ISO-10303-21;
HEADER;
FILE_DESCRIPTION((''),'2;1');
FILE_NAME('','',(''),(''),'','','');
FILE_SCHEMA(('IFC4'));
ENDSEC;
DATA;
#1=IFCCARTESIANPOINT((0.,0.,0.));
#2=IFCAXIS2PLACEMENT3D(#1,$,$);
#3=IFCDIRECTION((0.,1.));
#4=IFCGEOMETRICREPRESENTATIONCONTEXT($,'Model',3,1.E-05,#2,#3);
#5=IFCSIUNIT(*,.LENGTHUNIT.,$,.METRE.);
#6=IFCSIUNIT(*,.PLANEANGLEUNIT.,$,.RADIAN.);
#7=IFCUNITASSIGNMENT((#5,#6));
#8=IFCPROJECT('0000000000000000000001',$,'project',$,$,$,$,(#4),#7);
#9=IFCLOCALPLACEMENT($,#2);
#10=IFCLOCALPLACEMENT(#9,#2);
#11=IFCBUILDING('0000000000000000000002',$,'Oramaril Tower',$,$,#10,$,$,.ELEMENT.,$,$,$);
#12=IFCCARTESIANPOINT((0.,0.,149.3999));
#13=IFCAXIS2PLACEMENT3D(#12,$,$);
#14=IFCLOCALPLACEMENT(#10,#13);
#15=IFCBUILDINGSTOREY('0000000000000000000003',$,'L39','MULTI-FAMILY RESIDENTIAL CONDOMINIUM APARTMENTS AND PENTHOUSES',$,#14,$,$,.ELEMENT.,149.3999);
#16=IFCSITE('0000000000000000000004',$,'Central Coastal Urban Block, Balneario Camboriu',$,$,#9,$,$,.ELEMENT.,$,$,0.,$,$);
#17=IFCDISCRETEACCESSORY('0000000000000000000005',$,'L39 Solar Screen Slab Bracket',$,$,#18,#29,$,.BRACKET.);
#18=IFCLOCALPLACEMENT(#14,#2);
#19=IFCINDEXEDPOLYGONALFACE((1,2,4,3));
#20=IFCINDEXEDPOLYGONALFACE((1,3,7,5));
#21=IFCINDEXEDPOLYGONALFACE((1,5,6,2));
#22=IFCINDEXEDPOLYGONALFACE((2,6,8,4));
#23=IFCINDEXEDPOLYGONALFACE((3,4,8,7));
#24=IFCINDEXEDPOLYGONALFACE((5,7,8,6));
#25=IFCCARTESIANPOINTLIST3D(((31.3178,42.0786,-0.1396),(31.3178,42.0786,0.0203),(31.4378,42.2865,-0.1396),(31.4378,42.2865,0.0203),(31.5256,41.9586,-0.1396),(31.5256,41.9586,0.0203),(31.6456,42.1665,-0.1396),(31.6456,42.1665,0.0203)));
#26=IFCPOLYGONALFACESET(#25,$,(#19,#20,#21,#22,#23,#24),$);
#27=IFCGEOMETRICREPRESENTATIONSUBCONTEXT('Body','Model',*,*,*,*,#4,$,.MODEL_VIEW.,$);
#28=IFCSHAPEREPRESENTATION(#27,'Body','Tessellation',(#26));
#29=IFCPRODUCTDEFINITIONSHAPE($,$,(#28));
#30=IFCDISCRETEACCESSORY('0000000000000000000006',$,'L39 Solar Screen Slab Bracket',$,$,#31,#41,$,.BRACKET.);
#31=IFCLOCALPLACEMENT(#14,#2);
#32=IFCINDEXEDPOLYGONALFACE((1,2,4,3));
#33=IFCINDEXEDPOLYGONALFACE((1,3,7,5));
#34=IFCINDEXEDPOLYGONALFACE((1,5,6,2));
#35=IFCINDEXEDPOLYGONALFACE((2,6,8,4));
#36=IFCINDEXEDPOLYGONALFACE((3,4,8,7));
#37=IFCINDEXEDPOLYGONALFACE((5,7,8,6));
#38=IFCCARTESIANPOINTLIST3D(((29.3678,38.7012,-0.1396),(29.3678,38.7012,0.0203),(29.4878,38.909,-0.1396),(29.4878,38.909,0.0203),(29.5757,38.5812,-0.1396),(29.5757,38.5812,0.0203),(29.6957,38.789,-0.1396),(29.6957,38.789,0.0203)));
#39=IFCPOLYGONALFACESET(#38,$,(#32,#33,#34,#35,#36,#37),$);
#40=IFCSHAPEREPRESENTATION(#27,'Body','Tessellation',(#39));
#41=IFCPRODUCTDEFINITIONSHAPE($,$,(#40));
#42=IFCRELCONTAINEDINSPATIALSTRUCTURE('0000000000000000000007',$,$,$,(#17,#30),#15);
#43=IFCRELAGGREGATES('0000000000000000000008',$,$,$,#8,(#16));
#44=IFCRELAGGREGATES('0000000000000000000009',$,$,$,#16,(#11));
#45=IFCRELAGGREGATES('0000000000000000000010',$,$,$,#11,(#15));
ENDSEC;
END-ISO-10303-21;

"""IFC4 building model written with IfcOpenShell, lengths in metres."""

from ifc_helpers import new_model, si_unit, direction, frame, origin, origin_2d, place, context, subcontext, project, spatial, rectangle, extrude, element, save


model = new_model("IFC4")

# Units and contexts
model_context = context("Model", 3, precision=1e-05, world=origin(), true_north=direction((0.0, 1.0)))
body_context = subcontext(model_context, "Body", "Model", "MODEL_VIEW")
ifc_project = project(units=[si_unit("LENGTHUNIT", "METRE"), si_unit("PLANEANGLEUNIT", "RADIAN")], contexts=[model_context])

# Site, building, storey
site_placement = place(None, origin())
site = spatial("IfcSite", under=ifc_project, at=site_placement, Name="Central Coastal Urban Block, Balneario Camboriu", CompositionType="ELEMENT", RefElevation=0.0)
building_placement = place(site_placement, origin())
building = spatial("IfcBuilding", under=site, at=building_placement, Name="Oramaril Tower", CompositionType="ELEMENT")
storey_placement = place(building_placement, frame((0.0, 0.0, 149.3999)))
storey = spatial("IfcBuildingStorey", under=building, at=storey_placement, Name="L39", Description="MULTI-FAMILY RESIDENTIAL CONDOMINIUM APARTMENTS AND PENTHOUSES", CompositionType="ELEMENT", Elevation=149.3999)

# Discrete accessories
for number, where, z_axis, x_axis, name in (
    (1, (31.4817, 42.1226, -0.1396), (0.0, 0.0, 1.0), (-0.5, -0.866025, 0.0), "L39 Solar Screen Slab Bracket"),
    (2, (29.5317, 38.7451, -0.1396), (0.0, 0.0, 1.0), (-0.5, -0.866025, 0.0), "L39 Solar Screen Slab Bracket"),
):
    element("IfcDiscreteAccessory", number, at=place(storey_placement, frame(where, z_axis=z_axis, x_axis=x_axis)), inside=storey, Name=name, PredefinedType="BRACKET", context=body_context, shape_type="SweptSolid", body=[
        extrude(rectangle(XDim=0.24, YDim=0.24, at=origin_2d()), origin(), (0.0, 0.0, 1.0), 0.1599),
    ])

save(model, "model.ifc")
